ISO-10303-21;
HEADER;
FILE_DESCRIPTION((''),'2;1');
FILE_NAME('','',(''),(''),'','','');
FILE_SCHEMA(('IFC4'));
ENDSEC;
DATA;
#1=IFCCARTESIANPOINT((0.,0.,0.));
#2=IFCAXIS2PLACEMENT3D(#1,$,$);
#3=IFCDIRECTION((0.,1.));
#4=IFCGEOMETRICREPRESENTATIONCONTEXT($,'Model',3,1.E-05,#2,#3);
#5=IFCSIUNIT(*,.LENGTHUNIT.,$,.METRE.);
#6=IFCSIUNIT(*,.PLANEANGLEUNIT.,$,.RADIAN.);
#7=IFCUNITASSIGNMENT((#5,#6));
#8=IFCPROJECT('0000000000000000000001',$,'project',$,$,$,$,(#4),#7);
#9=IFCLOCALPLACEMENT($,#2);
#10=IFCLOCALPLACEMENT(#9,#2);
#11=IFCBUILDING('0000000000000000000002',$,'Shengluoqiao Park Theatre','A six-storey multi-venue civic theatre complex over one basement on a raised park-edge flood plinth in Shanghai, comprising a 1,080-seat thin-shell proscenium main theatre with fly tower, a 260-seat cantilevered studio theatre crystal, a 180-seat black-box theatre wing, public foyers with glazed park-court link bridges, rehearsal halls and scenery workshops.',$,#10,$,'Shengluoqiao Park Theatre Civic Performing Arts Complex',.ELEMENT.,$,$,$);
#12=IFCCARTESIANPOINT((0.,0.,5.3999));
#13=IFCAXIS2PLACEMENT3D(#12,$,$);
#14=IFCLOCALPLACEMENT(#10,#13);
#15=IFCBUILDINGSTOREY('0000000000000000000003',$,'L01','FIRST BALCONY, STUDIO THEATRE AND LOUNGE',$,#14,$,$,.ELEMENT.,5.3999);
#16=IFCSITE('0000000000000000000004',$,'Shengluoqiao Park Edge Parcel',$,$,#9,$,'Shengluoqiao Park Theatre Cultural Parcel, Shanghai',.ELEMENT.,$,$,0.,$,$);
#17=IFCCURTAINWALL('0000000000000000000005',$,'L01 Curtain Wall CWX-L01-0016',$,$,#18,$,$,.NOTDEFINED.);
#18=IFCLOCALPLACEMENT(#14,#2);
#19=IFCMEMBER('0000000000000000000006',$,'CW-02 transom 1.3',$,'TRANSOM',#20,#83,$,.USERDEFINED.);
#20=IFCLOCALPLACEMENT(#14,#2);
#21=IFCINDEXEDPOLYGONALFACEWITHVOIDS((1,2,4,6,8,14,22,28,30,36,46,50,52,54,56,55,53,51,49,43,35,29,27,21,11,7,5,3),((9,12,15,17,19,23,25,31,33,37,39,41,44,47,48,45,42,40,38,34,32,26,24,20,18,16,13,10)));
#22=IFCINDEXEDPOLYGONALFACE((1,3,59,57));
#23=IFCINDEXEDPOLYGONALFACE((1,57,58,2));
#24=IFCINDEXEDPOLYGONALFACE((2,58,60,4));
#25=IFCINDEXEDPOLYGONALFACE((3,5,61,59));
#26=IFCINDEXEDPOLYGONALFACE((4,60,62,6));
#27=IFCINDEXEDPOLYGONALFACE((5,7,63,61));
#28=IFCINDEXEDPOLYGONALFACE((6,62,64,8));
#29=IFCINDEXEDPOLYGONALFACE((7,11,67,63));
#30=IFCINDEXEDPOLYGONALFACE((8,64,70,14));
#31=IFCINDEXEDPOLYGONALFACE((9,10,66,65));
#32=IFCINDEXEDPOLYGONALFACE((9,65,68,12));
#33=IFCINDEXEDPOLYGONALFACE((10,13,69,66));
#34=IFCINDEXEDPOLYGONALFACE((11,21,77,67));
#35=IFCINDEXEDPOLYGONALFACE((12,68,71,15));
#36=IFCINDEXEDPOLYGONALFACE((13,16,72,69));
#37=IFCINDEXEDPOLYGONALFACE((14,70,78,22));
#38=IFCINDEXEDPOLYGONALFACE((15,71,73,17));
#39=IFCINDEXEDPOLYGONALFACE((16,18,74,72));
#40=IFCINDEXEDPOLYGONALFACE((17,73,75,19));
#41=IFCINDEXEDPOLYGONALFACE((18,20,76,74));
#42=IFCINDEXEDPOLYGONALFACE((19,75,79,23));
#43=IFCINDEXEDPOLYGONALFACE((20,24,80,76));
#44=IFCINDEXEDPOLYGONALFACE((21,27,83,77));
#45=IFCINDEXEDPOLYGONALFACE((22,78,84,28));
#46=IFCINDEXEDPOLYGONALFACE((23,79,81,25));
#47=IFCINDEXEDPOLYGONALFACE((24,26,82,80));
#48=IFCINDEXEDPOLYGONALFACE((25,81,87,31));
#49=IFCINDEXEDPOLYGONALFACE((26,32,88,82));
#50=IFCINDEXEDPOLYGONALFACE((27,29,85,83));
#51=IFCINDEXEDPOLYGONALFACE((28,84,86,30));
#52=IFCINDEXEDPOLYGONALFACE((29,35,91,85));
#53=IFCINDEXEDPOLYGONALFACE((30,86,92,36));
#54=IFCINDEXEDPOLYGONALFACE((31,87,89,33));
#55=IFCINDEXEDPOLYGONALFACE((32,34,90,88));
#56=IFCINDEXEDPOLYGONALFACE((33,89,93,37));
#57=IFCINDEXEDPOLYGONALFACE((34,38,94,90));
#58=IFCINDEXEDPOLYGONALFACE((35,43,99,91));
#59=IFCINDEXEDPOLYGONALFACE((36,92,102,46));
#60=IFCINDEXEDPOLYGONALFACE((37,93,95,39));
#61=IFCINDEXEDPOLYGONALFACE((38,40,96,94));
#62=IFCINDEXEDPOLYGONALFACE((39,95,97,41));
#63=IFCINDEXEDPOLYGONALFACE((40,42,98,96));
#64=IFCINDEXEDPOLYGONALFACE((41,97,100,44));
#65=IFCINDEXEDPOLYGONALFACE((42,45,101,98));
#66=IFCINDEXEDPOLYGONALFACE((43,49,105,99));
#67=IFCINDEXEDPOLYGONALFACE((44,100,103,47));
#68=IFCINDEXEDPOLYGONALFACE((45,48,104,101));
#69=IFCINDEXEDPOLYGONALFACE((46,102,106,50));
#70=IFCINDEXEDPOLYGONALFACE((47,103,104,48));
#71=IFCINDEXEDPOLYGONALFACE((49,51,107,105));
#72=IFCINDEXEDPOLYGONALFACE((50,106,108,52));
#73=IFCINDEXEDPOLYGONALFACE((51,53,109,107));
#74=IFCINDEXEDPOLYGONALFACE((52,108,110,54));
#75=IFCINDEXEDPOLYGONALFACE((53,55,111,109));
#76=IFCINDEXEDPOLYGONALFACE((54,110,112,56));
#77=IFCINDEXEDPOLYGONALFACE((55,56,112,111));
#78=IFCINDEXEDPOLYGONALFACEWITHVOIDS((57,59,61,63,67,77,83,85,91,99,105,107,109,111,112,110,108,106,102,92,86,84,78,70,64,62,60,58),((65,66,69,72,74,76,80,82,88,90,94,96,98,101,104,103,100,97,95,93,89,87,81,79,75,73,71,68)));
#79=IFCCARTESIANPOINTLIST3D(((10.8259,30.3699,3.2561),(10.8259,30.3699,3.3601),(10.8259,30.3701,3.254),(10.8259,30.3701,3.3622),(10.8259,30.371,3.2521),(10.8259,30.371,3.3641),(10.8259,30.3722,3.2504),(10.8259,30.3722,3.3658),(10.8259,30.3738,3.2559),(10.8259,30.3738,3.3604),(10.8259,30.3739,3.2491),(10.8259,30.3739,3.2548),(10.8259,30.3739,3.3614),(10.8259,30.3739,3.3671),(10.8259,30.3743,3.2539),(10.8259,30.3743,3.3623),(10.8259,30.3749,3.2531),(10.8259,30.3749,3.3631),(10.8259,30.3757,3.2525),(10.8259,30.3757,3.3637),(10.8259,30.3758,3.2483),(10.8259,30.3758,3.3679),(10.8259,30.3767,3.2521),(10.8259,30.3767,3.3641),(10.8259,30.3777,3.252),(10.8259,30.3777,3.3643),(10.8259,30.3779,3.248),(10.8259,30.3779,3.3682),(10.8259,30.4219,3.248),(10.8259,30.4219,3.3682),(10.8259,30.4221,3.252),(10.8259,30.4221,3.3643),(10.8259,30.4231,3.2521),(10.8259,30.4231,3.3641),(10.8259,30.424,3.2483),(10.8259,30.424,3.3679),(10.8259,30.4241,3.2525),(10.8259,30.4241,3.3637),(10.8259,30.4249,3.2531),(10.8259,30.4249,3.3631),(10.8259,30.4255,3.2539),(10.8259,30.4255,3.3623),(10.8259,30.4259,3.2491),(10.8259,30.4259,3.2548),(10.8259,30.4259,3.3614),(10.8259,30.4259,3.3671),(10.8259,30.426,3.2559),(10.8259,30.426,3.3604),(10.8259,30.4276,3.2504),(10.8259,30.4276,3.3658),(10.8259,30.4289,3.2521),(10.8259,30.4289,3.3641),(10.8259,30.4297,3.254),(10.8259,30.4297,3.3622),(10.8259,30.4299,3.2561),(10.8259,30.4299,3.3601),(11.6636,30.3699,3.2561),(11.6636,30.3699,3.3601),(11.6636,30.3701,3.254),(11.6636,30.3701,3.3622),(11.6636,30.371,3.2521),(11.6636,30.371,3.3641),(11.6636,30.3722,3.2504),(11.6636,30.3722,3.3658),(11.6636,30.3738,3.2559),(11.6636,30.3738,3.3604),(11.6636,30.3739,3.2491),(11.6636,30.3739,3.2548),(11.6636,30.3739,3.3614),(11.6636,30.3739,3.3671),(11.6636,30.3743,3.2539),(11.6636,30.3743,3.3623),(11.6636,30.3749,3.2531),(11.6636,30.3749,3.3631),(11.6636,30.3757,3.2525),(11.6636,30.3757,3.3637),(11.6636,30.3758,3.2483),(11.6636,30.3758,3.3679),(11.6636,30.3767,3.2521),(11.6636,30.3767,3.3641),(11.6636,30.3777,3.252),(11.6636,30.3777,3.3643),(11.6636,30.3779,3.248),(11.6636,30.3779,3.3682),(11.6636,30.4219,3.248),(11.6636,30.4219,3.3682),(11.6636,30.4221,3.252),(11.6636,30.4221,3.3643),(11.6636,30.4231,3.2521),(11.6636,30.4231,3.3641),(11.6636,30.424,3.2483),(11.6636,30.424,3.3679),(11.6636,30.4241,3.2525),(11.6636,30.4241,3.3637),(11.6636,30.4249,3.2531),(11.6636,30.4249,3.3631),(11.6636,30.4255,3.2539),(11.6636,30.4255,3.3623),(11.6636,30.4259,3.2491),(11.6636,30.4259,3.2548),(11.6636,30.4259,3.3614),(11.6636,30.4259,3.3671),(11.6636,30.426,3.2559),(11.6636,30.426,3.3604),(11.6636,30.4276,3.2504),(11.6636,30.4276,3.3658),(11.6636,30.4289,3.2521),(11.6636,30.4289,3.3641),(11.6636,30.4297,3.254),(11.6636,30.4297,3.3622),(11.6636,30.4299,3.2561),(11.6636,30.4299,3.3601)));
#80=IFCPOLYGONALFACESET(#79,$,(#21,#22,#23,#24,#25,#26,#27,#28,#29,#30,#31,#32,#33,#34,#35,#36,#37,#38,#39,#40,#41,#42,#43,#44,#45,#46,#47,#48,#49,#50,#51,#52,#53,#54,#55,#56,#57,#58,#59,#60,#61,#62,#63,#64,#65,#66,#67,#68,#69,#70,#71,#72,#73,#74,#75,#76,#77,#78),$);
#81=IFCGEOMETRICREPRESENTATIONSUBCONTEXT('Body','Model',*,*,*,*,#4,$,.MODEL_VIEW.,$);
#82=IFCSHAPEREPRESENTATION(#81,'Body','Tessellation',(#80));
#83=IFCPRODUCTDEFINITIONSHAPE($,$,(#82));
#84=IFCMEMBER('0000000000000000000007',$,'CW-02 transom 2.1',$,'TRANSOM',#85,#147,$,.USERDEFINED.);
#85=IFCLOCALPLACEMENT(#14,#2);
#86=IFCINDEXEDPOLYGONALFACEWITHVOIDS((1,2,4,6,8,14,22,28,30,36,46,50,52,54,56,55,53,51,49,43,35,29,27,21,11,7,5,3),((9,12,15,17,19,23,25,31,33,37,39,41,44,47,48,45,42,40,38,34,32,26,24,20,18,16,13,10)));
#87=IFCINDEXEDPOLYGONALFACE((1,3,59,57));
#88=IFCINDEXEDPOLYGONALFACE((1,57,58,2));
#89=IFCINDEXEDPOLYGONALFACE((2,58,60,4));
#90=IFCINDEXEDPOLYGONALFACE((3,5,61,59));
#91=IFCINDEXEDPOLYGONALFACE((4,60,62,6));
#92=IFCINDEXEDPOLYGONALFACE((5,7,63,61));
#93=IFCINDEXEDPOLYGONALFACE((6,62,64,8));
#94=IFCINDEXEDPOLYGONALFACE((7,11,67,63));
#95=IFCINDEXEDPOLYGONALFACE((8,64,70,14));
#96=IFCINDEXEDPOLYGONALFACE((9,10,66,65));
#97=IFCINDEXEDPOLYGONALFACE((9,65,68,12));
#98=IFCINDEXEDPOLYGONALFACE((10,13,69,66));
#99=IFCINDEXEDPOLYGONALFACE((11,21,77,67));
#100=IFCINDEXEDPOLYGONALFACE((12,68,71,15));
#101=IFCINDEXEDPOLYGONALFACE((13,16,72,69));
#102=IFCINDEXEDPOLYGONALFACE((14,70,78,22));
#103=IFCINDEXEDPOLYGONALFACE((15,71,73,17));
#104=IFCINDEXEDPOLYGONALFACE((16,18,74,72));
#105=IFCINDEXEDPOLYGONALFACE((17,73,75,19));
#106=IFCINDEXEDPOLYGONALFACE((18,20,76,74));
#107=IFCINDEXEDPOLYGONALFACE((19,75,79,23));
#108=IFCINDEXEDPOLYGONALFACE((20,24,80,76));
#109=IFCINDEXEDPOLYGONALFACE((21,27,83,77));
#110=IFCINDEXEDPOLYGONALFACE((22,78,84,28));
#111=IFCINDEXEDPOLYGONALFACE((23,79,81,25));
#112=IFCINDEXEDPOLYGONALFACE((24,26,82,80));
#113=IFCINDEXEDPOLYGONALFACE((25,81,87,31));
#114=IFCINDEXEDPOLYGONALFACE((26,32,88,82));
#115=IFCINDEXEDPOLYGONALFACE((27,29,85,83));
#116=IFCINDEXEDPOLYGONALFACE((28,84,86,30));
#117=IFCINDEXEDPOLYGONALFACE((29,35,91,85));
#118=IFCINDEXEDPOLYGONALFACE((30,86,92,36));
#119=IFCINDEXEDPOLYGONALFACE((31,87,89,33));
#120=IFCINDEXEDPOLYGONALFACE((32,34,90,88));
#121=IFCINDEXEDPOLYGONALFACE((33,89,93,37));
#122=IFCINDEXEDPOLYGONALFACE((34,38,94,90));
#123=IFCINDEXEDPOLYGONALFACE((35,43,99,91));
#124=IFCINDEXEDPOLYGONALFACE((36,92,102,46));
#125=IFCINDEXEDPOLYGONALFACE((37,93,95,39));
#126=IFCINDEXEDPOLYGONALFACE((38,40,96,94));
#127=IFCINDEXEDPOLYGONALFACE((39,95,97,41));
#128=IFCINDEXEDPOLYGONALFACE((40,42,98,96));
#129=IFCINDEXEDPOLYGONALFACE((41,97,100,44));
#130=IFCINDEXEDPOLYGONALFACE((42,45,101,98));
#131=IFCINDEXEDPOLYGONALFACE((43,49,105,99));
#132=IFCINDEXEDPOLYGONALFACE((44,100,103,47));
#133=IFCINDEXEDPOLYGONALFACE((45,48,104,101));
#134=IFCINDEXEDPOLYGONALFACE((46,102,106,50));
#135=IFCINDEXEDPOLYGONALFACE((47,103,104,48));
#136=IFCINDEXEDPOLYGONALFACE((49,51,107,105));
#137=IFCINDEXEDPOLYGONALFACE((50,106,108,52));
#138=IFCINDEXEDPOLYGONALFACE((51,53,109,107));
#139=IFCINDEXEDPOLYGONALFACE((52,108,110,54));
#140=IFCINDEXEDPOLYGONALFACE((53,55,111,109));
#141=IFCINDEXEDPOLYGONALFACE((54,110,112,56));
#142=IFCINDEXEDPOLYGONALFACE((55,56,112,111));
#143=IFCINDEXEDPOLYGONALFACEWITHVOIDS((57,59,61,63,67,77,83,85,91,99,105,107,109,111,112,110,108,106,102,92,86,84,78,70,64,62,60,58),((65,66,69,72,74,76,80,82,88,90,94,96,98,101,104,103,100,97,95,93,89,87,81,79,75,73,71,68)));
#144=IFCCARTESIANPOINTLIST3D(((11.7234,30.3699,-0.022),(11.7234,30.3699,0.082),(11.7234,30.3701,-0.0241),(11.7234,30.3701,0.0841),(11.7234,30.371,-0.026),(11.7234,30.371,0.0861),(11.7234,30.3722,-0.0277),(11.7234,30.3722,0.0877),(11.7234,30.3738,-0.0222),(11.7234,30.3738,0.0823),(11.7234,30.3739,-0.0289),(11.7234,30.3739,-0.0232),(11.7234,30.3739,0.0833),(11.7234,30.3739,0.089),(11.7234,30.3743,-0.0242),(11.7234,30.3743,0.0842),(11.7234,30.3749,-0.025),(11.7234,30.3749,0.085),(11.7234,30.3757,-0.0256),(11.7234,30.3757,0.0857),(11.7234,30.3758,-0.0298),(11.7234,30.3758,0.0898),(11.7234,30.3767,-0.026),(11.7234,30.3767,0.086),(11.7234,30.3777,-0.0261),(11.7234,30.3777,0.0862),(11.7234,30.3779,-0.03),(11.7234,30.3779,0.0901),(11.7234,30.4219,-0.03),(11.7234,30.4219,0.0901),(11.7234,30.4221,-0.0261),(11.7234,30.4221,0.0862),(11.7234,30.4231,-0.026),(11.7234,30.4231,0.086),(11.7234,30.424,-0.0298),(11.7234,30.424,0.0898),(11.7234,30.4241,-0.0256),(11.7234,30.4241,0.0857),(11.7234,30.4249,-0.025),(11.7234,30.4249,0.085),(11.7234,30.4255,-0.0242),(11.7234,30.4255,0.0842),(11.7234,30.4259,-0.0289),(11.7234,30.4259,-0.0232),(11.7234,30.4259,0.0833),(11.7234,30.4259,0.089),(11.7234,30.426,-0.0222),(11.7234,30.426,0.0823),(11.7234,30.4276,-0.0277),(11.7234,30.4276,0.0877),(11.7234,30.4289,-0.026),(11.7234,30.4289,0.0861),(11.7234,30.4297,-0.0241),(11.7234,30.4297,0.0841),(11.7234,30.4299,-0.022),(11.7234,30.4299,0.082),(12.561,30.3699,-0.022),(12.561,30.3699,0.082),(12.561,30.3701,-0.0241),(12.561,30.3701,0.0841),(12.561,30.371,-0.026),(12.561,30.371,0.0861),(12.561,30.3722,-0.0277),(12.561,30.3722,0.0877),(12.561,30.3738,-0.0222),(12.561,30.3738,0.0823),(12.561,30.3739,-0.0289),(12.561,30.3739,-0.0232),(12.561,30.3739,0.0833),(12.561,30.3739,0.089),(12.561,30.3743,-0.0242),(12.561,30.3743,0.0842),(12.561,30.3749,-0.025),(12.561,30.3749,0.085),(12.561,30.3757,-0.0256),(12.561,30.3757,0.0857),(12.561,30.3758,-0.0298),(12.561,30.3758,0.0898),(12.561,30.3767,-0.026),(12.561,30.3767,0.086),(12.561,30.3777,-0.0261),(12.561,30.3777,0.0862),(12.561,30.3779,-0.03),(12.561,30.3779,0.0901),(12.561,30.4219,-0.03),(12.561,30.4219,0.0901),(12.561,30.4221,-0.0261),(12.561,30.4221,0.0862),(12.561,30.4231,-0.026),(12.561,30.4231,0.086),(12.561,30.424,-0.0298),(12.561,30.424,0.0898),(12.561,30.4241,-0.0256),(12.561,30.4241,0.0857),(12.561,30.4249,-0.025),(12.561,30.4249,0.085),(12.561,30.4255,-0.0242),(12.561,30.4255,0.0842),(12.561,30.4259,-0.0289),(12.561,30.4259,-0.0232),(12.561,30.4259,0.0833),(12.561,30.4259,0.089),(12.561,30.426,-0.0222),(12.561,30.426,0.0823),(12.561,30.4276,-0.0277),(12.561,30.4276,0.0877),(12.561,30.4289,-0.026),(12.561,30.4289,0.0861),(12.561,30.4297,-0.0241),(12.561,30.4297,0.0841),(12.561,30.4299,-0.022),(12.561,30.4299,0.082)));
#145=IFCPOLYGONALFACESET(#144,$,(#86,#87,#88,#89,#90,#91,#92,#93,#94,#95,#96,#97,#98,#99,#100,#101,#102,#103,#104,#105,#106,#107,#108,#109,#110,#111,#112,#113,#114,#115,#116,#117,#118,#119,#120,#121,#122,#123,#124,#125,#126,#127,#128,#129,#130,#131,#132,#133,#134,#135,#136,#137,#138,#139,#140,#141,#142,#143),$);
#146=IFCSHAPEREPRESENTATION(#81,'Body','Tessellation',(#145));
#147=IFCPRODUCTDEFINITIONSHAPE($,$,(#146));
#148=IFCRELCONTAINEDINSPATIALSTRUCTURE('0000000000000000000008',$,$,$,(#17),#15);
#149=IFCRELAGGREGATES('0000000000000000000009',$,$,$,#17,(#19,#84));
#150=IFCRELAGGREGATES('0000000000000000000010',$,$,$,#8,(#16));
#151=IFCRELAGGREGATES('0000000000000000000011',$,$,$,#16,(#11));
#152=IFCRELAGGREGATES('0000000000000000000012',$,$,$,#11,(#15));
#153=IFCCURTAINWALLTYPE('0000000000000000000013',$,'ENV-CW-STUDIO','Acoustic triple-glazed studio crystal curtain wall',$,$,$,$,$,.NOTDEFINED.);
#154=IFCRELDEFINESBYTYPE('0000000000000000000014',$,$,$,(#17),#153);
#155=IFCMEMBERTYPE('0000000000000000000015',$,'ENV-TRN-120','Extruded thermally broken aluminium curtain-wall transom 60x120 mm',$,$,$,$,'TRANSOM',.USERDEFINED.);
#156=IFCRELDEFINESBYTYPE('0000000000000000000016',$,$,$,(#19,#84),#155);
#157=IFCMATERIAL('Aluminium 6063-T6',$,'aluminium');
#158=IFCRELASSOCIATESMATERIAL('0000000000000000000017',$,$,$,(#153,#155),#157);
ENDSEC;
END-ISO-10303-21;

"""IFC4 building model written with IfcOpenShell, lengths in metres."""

from ifc_helpers import new_model, si_unit, direction, frame, origin, origin_2d, place, context, subcontext, project, spatial, hollow_rectangle, extrude, material, material_profile, profile_set, type_object, element, aggregate, save


model = new_model("IFC4")

# Units and contexts
model_context = context("Model", 3, precision=1e-05, world=origin(), true_north=direction((0.0, 1.0)))
body_context = subcontext(model_context, "Body", "Model", "MODEL_VIEW")
ifc_project = project(units=[si_unit("LENGTHUNIT", "METRE"), si_unit("PLANEANGLEUNIT", "RADIAN")], contexts=[model_context])

# Site, building, storey
site_placement = place(None, origin())
site = spatial("IfcSite", under=ifc_project, at=site_placement, Name="Shengluoqiao Park Edge Parcel", LongName="Shengluoqiao Park Theatre Cultural Parcel, Shanghai", CompositionType="ELEMENT", RefElevation=0.0)
building_placement = place(site_placement, origin())
building = spatial("IfcBuilding", under=site, at=building_placement, Name="Shengluoqiao Park Theatre", Description="A six-storey multi-venue civic theatre complex over one basement on a raised park-edge flood plinth in Shanghai, comprising a 1,080-seat thin-shell proscenium main theatre with fly tower, a 260-seat cantilevered studio theatre crystal, a 180-seat black-box theatre wing, public foyers with glazed park-court link bridges, rehearsal halls and scenery workshops.", LongName="Shengluoqiao Park Theatre Civic Performing Arts Complex", CompositionType="ELEMENT")
storey_placement = place(building_placement, frame((0.0, 0.0, 5.3999)))
storey = spatial("IfcBuildingStorey", under=building, at=storey_placement, Name="L01", Description="FIRST BALCONY, STUDIO THEATRE AND LOUNGE", CompositionType="ELEMENT", Elevation=5.3999)

# Curtain wall
ifc_material_1 = material(Name="Aluminium 6063-T6", Category="aluminium")
curtain_wall_type = type_object("IfcCurtainWallType", Name="ENV-CW-STUDIO", Description="Acoustic triple-glazed studio crystal curtain wall", PredefinedType="NOTDEFINED", material=ifc_material_1)
curtain_wall_1_placement = place(storey_placement, origin())
curtain_wall_1 = element("IfcCurtainWall", 1, at=curtain_wall_1_placement, inside=storey, type_object=curtain_wall_type, Name="L01 Curtain Wall CWX-L01-0016", PredefinedType="NOTDEFINED")

# Members
ifc_material_profile_1 = material_profile(ifc_material_1, hollow_rectangle(XDim=0.0601, YDim=0.1201, WallThickness=0.0039, InnerFilletRadius=0.0039, OuterFilletRadius=0.0081, at=origin_2d()), Name="ALU TRANSOM 120x60x4")
ifc_profile_set_1 = profile_set([ifc_material_profile_1], Name="Aluminium 6063-T6")
member_type_1 = type_object("IfcMemberType", Name="ENV-TRN-120", Description="Extruded thermally broken aluminium curtain-wall transom 60x120 mm", ElementType="TRANSOM", PredefinedType="USERDEFINED", material=ifc_profile_set_1)
member_1_placement = place(storey_placement, frame((10.8259, 30.3999, 3.3081), z_axis=(1.0, 0.0, 0.0), x_axis=(0.0, 1.0, 0.0)))
member_1 = element("IfcMember", 2, at=member_1_placement, type_object=member_type_1, Name="CW-02 transom 1.3", ObjectType="TRANSOM", PredefinedType="USERDEFINED", context=body_context, shape_type="SweptSolid", body=[
    extrude(hollow_rectangle(XDim=0.0601, YDim=0.1201, WallThickness=0.0039, InnerFilletRadius=0.0039, OuterFilletRadius=0.0081, at=origin_2d()), origin(), (0.0, 0.0, 1.0), 0.8376),
])
member_2_placement = place(storey_placement, frame((11.7234, 30.3999, 0.03), z_axis=(1.0, 0.0, 0.0), x_axis=(0.0, 1.0, 0.0)))
member_2 = element("IfcMember", 3, at=member_2_placement, type_object=member_type_1, Name="CW-02 transom 2.1", ObjectType="TRANSOM", PredefinedType="USERDEFINED", context=body_context, shape_type="SweptSolid", body=[
    extrude(hollow_rectangle(XDim=0.0601, YDim=0.1201, WallThickness=0.0039, InnerFilletRadius=0.0039, OuterFilletRadius=0.0081, at=origin_2d()), origin(), (0.0, 0.0, 1.0), 0.8376),
])

aggregate(curtain_wall_1, [member_1, member_2])

save(model, "model.ifc")
